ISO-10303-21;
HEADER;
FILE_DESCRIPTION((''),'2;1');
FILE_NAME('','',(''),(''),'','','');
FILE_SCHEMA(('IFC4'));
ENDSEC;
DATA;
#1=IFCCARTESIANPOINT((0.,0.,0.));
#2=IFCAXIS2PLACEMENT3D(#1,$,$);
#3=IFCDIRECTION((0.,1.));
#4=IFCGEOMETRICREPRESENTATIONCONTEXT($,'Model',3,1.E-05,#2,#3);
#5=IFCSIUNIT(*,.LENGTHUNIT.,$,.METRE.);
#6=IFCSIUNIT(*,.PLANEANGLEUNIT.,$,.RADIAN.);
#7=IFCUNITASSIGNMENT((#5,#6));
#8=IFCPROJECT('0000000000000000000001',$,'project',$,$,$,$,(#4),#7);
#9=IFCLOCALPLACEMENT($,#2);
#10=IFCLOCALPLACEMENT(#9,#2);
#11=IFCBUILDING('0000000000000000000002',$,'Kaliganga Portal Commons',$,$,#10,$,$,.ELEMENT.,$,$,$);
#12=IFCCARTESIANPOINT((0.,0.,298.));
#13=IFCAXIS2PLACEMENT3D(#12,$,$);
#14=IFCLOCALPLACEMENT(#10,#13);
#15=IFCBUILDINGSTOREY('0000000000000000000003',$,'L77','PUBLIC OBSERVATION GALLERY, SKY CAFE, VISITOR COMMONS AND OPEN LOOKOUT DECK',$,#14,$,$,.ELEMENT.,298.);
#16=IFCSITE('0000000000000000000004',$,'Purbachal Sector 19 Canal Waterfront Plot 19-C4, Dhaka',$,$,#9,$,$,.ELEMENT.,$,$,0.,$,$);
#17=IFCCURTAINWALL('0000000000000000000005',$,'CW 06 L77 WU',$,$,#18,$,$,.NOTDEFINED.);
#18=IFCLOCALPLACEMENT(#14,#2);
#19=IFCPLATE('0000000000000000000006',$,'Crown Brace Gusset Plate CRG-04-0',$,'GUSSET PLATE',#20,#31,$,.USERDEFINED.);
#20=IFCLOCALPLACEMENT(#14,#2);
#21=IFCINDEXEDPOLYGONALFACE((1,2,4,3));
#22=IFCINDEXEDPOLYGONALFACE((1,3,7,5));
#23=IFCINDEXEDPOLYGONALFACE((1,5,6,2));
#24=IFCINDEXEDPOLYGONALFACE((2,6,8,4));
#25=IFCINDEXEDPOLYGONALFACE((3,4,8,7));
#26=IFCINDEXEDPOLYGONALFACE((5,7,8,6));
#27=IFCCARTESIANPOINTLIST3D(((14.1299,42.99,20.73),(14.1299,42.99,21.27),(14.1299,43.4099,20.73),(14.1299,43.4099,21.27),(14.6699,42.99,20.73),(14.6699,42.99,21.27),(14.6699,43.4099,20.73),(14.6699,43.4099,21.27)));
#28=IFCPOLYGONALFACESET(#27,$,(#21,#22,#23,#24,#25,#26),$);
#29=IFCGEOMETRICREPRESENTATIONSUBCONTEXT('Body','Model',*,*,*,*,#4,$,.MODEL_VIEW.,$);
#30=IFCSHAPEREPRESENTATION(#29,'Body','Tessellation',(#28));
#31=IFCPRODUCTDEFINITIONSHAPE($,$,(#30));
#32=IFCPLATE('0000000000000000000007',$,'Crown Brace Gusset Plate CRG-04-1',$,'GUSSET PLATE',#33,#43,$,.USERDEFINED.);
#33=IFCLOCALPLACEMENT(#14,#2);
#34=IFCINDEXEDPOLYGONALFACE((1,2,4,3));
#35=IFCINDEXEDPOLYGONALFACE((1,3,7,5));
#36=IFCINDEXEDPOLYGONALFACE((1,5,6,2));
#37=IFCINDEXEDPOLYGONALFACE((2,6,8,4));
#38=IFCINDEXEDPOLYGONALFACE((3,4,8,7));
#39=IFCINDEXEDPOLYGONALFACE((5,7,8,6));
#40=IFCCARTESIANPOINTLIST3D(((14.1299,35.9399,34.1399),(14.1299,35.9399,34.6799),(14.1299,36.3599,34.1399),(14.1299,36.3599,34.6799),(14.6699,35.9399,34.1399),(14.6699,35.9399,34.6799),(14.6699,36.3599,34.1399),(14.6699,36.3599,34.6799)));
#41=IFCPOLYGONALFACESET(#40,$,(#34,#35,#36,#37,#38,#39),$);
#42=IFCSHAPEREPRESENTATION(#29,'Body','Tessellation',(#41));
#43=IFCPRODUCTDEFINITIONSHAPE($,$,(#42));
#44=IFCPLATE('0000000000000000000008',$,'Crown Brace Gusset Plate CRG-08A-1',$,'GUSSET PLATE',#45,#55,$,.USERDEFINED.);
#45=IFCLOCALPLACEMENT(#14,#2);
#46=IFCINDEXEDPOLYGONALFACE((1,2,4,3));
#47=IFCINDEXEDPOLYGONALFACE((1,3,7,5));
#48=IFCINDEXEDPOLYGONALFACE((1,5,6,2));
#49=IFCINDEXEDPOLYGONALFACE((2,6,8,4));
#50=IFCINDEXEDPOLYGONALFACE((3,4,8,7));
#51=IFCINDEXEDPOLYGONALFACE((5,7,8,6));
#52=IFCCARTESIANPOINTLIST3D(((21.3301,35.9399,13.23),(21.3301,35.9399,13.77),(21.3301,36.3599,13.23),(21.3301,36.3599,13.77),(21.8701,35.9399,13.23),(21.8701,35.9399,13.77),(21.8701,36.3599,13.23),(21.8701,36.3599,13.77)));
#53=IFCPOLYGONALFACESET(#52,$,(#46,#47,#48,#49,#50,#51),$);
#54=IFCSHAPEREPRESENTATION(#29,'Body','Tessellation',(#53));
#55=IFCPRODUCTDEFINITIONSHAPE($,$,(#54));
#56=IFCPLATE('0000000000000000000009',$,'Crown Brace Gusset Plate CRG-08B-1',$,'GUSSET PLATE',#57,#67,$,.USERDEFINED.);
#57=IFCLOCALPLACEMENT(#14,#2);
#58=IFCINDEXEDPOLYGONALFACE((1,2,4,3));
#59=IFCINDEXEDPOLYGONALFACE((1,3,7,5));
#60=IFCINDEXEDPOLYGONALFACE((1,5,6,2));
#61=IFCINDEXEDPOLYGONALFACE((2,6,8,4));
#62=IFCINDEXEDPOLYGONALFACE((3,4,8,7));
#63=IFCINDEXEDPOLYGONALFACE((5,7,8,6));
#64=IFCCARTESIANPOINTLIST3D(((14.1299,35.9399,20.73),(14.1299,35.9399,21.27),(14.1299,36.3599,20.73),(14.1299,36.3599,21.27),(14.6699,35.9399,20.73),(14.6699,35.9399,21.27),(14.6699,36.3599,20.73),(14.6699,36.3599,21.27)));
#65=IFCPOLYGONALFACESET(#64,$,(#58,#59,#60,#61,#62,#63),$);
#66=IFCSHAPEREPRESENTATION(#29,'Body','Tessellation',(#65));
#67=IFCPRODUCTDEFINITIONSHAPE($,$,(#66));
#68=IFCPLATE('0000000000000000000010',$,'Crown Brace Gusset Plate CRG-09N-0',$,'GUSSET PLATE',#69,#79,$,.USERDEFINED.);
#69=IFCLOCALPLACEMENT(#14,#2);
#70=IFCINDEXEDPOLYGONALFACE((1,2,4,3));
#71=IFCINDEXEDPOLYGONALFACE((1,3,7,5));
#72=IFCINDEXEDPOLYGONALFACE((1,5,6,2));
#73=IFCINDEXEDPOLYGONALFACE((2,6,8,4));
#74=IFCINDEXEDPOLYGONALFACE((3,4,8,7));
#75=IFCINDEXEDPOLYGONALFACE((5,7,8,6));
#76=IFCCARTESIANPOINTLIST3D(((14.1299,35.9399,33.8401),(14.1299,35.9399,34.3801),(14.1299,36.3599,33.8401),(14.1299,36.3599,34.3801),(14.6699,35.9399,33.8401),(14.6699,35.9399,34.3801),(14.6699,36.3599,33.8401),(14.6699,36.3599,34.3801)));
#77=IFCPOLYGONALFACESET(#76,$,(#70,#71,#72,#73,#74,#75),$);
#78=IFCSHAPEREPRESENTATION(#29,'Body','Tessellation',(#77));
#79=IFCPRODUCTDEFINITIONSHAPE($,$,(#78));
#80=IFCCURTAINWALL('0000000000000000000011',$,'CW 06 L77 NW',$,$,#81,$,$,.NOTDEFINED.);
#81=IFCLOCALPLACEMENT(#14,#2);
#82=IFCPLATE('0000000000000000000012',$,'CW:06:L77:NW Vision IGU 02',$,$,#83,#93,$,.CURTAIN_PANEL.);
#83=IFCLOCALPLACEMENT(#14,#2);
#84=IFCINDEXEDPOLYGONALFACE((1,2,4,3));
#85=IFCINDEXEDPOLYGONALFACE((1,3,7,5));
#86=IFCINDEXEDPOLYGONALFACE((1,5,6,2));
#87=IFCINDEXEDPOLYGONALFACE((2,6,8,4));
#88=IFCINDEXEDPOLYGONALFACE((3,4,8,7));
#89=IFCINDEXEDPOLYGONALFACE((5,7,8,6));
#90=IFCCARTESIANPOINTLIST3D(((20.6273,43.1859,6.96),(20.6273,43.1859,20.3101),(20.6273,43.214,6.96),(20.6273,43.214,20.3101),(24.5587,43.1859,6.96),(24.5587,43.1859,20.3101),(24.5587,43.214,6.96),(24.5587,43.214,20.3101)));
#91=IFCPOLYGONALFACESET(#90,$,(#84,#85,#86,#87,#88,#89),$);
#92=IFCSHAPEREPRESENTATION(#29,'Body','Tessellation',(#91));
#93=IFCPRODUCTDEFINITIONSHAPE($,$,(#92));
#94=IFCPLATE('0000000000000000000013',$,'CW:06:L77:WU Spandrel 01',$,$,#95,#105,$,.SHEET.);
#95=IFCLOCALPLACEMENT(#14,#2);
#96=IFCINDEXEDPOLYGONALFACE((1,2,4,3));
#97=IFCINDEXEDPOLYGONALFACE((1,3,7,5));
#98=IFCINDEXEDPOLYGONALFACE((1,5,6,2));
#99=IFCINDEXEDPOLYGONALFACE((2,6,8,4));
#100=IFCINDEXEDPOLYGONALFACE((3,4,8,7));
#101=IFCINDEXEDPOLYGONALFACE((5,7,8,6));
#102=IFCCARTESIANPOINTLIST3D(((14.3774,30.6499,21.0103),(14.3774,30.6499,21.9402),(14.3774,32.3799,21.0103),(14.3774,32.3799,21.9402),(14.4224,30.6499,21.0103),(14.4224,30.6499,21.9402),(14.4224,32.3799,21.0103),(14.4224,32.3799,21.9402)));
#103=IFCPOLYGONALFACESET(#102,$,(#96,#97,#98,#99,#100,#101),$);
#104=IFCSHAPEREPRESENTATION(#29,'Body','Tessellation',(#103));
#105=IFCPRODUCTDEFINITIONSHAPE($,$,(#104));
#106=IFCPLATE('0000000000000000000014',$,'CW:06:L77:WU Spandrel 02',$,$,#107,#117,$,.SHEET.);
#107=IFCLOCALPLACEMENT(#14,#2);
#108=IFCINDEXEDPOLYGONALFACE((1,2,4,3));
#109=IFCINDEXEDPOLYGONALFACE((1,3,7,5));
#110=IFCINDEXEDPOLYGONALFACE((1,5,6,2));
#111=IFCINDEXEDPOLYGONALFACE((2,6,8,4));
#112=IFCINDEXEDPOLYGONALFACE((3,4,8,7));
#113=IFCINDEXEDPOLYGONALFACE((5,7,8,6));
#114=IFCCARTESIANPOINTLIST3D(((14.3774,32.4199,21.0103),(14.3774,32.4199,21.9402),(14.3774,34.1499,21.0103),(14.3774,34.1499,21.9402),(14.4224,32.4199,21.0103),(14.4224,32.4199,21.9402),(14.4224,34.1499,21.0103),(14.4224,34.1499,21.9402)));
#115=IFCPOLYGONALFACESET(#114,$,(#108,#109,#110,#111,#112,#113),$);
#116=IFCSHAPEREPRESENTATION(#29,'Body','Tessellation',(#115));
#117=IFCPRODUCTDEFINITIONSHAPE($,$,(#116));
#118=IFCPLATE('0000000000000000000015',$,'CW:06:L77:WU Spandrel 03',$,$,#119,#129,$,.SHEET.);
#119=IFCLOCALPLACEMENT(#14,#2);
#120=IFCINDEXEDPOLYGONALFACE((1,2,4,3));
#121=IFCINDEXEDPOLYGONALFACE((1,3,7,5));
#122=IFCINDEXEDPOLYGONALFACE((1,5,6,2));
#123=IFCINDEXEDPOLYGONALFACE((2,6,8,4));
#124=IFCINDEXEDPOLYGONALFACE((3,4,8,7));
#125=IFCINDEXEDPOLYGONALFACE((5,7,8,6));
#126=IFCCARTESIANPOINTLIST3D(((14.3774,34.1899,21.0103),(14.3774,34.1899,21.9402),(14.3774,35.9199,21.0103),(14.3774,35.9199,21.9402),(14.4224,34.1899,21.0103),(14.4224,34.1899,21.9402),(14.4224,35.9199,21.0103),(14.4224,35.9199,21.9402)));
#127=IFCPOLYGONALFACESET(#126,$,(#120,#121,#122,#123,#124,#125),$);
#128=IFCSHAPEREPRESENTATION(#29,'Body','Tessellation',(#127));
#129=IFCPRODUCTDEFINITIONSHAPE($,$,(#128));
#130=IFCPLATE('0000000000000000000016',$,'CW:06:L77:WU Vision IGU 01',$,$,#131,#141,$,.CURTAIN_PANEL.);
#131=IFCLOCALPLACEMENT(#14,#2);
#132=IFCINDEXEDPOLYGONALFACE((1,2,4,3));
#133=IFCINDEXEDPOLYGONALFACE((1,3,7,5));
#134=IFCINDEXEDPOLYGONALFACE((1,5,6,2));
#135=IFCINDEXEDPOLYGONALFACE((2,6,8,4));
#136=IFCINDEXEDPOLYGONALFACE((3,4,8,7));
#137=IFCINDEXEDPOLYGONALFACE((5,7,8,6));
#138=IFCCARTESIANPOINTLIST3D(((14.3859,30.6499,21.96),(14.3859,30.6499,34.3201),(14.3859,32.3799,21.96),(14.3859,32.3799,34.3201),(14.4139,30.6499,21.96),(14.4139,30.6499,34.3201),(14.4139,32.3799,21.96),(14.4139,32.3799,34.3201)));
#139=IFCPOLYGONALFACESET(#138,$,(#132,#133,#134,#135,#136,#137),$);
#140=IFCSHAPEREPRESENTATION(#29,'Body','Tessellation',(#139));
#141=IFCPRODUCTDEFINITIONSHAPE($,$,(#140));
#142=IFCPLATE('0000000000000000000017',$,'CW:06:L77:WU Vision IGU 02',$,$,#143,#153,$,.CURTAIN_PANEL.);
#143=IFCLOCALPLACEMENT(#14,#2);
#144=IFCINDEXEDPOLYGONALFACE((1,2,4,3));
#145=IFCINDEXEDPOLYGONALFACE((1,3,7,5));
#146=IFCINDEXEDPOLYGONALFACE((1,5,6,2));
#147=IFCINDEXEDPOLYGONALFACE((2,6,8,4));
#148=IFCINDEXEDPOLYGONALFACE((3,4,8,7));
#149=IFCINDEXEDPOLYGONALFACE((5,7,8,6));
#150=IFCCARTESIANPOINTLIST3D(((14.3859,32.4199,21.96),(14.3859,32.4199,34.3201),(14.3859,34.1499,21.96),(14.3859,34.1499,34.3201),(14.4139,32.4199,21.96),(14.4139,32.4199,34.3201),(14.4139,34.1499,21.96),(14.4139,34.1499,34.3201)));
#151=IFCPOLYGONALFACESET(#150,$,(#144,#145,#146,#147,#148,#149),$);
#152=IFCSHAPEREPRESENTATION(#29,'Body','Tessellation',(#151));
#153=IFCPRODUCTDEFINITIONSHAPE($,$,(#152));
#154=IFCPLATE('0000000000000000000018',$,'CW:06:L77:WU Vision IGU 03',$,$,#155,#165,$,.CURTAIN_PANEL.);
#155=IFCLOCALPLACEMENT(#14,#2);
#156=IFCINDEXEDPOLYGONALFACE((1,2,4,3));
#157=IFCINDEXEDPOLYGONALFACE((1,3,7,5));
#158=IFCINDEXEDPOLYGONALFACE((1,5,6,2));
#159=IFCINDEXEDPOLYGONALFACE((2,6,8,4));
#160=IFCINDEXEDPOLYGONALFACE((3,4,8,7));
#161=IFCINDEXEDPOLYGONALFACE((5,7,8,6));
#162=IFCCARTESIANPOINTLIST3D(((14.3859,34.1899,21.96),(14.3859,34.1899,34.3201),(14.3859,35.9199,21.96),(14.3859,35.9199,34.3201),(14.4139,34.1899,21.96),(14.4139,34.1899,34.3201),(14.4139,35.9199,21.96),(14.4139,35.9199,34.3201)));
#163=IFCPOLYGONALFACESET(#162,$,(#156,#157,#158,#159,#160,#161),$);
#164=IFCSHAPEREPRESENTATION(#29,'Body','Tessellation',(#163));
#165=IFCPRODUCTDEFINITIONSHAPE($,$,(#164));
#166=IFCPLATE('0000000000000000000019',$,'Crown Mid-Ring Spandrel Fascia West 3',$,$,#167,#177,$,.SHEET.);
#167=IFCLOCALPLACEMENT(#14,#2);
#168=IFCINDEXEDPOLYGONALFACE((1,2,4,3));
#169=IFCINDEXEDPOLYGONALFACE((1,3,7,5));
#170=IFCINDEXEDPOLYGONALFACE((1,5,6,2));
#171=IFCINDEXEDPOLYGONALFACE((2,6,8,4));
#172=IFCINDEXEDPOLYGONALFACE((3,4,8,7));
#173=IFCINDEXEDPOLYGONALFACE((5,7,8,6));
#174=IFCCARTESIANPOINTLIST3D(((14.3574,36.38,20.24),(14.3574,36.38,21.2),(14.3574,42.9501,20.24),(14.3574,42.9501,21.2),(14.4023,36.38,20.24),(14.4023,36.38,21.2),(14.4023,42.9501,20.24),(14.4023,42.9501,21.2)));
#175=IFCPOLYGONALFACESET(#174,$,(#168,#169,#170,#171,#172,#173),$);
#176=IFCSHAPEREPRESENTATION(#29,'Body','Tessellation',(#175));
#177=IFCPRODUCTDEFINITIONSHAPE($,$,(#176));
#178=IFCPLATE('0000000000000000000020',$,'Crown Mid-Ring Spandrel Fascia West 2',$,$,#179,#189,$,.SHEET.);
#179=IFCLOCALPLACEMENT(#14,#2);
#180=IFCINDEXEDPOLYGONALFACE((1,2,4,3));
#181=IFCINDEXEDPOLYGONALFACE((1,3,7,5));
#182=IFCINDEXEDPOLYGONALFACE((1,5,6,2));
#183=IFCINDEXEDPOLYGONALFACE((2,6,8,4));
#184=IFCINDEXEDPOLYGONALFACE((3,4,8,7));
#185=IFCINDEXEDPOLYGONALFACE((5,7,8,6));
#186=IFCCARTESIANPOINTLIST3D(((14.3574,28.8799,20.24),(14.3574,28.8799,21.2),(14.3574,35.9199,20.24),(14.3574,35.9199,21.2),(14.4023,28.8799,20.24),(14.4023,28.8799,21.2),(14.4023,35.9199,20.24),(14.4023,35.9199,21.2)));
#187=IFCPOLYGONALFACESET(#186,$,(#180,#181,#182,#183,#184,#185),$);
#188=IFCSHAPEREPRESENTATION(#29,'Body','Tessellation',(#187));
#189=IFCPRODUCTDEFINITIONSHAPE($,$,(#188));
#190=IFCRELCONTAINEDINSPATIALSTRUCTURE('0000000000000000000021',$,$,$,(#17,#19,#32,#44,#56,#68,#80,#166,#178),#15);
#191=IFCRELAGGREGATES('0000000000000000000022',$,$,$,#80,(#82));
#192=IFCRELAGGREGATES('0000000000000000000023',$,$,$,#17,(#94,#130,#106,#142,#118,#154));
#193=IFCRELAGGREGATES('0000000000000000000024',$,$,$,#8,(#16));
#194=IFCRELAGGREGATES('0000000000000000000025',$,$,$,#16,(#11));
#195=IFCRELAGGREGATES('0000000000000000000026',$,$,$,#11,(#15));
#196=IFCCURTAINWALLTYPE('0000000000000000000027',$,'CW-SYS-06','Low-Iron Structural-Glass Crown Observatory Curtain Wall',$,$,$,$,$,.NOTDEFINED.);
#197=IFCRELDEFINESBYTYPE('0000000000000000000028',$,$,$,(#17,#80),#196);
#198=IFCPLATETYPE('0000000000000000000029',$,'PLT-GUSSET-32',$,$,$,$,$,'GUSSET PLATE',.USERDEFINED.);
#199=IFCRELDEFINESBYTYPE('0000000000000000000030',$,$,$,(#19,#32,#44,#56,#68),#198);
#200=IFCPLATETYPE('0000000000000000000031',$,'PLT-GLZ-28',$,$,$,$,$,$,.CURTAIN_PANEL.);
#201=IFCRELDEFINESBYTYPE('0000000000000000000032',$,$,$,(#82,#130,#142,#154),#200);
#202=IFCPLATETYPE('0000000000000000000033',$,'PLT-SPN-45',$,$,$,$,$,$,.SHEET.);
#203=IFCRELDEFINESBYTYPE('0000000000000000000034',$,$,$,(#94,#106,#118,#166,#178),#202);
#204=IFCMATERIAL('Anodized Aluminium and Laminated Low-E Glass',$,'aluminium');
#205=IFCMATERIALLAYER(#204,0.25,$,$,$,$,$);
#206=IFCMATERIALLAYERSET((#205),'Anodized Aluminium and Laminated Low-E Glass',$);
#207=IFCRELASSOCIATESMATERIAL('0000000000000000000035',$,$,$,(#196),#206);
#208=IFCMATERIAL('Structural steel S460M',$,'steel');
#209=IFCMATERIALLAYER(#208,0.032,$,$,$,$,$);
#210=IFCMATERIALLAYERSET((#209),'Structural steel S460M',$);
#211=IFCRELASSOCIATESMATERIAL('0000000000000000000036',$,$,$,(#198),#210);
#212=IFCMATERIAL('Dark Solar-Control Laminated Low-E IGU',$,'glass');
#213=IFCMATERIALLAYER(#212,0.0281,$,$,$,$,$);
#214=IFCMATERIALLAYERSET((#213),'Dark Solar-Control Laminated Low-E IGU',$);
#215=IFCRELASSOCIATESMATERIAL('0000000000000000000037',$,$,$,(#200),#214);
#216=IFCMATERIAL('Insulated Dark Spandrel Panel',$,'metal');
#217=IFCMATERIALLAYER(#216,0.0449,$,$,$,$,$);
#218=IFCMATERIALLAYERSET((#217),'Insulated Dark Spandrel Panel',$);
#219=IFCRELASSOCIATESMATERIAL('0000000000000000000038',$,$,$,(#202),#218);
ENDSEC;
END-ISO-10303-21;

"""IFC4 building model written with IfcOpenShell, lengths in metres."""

from ifc_helpers import new_model, si_unit, direction, frame, origin, origin_2d, place, context, subcontext, project, spatial, rectangle, extrude, source, transform, mapped, material, layer, layer_set, type_object, element, aggregate, save


model = new_model("IFC4")

# Units and contexts
model_context = context("Model", 3, precision=1e-05, world=origin(), true_north=direction((0.0, 1.0)))
body_context = subcontext(model_context, "Body", "Model", "MODEL_VIEW")
ifc_project = project(units=[si_unit("LENGTHUNIT", "METRE"), si_unit("PLANEANGLEUNIT", "RADIAN")], contexts=[model_context])

# Site, building, storey
site_placement = place(None, origin())
site = spatial("IfcSite", under=ifc_project, at=site_placement, Name="Purbachal Sector 19 Canal Waterfront Plot 19-C4, Dhaka", CompositionType="ELEMENT", RefElevation=0.0)
building_placement = place(site_placement, origin())
building = spatial("IfcBuilding", under=site, at=building_placement, Name="Kaliganga Portal Commons", CompositionType="ELEMENT")
storey_placement = place(building_placement, frame((0.0, 0.0, 298.0)))
storey = spatial("IfcBuildingStorey", under=building, at=storey_placement, Name="L77", Description="PUBLIC OBSERVATION GALLERY, SKY CAFE, VISITOR COMMONS AND OPEN LOOKOUT DECK", CompositionType="ELEMENT", Elevation=298.0)

# Shared definitions
ifc_material_1 = material(Name="Structural steel S460M", Category="steel")

# Shared definitions
ifc_material_2 = material(Name="Anodized Aluminium and Laminated Low-E Glass", Category="aluminium")
ifc_layer_1 = layer(ifc_material_2, 0.25)
ifc_layer_set_1 = layer_set([ifc_layer_1], Name="Anodized Aluminium and Laminated Low-E Glass")
curtain_wall_type = type_object("IfcCurtainWallType", Name="CW-SYS-06", Description="Low-Iron Structural-Glass Crown Observatory Curtain Wall", PredefinedType="NOTDEFINED", material=ifc_layer_set_1)

# Curtain wall
curtain_wall_1_placement = place(storey_placement, origin())
curtain_wall_1 = element("IfcCurtainWall", 1, at=curtain_wall_1_placement, inside=storey, type_object=curtain_wall_type, Name="CW 06 L77 WU", PredefinedType="NOTDEFINED")

# Plates
ifc_layer_2 = layer(ifc_material_1, 0.032)
ifc_layer_set_2 = layer_set([ifc_layer_2], Name="Structural steel S460M")
plate_type_1 = type_object("IfcPlateType", Name="PLT-GUSSET-32", ElementType="GUSSET PLATE", PredefinedType="USERDEFINED", material=ifc_layer_set_2)
shared_shape_1 = source(origin(), body_context, "Body", "SweptSolid", [
    extrude(rectangle(XDim=0.54, YDim=0.4199, at=origin_2d()), origin(), (0.0, 0.0, 1.0), 0.54),
])
for number, where, z_axis, x_axis, name in (
    (2, (14.3999, 43.2, 20.73), (0.0, 0.0, 1.0), (1.0, 0.0, 0.0), "Crown Brace Gusset Plate CRG-04-0"),
    (3, (14.3999, 36.1499, 34.1399), (0.0, 0.0, 1.0), (1.0, 0.0, 0.0), "Crown Brace Gusset Plate CRG-04-1"),
    (4, (21.6001, 36.1499, 13.23), (0.0, 0.0, 1.0), (1.0, 0.0, 0.0), "Crown Brace Gusset Plate CRG-08A-1"),
    (5, (14.3999, 36.1499, 20.73), (0.0, 0.0, 1.0), (1.0, 0.0, 0.0), "Crown Brace Gusset Plate CRG-08B-1"),
    (6, (14.3999, 36.1499, 33.8401), (0.0, 0.0, 1.0), (1.0, 0.0, 0.0), "Crown Brace Gusset Plate CRG-09N-0"),
):
    element("IfcPlate", number, at=place(storey_placement, frame(where, z_axis=z_axis, x_axis=x_axis)), inside=storey, type_object=plate_type_1, Name=name, ObjectType="GUSSET PLATE", PredefinedType="USERDEFINED", context=body_context, shape_type="MappedRepresentation", body=[
        mapped(shared_shape_1, transform((0.0, 0.0, 0.0), x_axis=(1.0, 0.0, 0.0), y_axis=(0.0, 1.0, 0.0), z_axis=(0.0, 0.0, 1.0), scale=1.0)),
    ])

# Curtain wall, plate
curtain_wall_2_placement = place(storey_placement, origin())
curtain_wall_2 = element("IfcCurtainWall", 7, at=curtain_wall_2_placement, inside=storey, type_object=curtain_wall_type, Name="CW 06 L77 NW", PredefinedType="NOTDEFINED")
ifc_material_3 = material(Name="Dark Solar-Control Laminated Low-E IGU", Category="glass")
ifc_layer_3 = layer(ifc_material_3, 0.0281)
ifc_layer_set_3 = layer_set([ifc_layer_3], Name="Dark Solar-Control Laminated Low-E IGU")
plate_type_2 = type_object("IfcPlateType", Name="PLT-GLZ-28", PredefinedType="CURTAIN_PANEL", material=ifc_layer_set_3)
shared_shape_2 = source(origin(), body_context, "Body", "SweptSolid", [
    extrude(rectangle(XDim=3.9314, YDim=0.0281, at=origin_2d()), origin(), (0.0, 0.0, 1.0), 13.3501),
])
plate_1_placement = place(storey_placement, frame((22.593, 43.2, 6.96), z_axis=(0.0, 0.0, 1.0), x_axis=(-1.0, 0.0, 0.0)))
plate_1 = element("IfcPlate", 8, at=plate_1_placement, type_object=plate_type_2, Name="CW:06:L77:NW Vision IGU 02", PredefinedType="CURTAIN_PANEL", context=body_context, shape_type="MappedRepresentation", body=[
    mapped(shared_shape_2, transform((0.0, 0.0, 0.0), x_axis=(1.0, 0.0, 0.0), y_axis=(0.0, 1.0, 0.0), z_axis=(0.0, 0.0, 1.0), scale=1.0)),
])
aggregate(curtain_wall_2, [plate_1])

# Plates
ifc_material_4 = material(Name="Insulated Dark Spandrel Panel", Category="metal")
ifc_layer_4 = layer(ifc_material_4, 0.0449)
ifc_layer_set_4 = layer_set([ifc_layer_4], Name="Insulated Dark Spandrel Panel")
plate_type_3 = type_object("IfcPlateType", Name="PLT-SPN-45", PredefinedType="SHEET", material=ifc_layer_set_4)
shared_shape_3 = source(origin(), body_context, "Body", "SweptSolid", [
    extrude(rectangle(XDim=1.73, YDim=0.0449, at=origin_2d()), origin(), (0.0, 0.0, 1.0), 0.9299),
])
plate_2_placement = place(storey_placement, frame((14.3999, 31.5149, 21.0103), z_axis=(0.0, 0.0, 1.0), x_axis=(0.0, 1.0, 0.0)))
plate_2 = element("IfcPlate", 9, at=plate_2_placement, type_object=plate_type_3, Name="CW:06:L77:WU Spandrel 01", PredefinedType="SHEET", context=body_context, shape_type="MappedRepresentation", body=[
    mapped(shared_shape_3, transform((0.0, 0.0, 0.0), x_axis=(1.0, 0.0, 0.0), y_axis=(0.0, 1.0, 0.0), z_axis=(0.0, 0.0, 1.0), scale=1.0)),
])
plate_3_placement = place(storey_placement, frame((14.3999, 33.2849, 21.0103), z_axis=(0.0, 0.0, 1.0), x_axis=(0.0, 1.0, 0.0)))
plate_3 = element("IfcPlate", 10, at=plate_3_placement, type_object=plate_type_3, Name="CW:06:L77:WU Spandrel 02", PredefinedType="SHEET", context=body_context, shape_type="MappedRepresentation", body=[
    mapped(shared_shape_3, transform((0.0, 0.0, 0.0), x_axis=(1.0, 0.0, 0.0), y_axis=(0.0, 1.0, 0.0), z_axis=(0.0, 0.0, 1.0), scale=1.0)),
])
plate_4_placement = place(storey_placement, frame((14.3999, 35.0549, 21.0103), z_axis=(0.0, 0.0, 1.0), x_axis=(0.0, 1.0, 0.0)))
plate_4 = element("IfcPlate", 11, at=plate_4_placement, type_object=plate_type_3, Name="CW:06:L77:WU Spandrel 03", PredefinedType="SHEET", context=body_context, shape_type="MappedRepresentation", body=[
    mapped(shared_shape_3, transform((0.0, 0.0, 0.0), x_axis=(1.0, 0.0, 0.0), y_axis=(0.0, 1.0, 0.0), z_axis=(0.0, 0.0, 1.0), scale=1.0)),
])
shared_shape_4 = source(origin(), body_context, "Body", "SweptSolid", [
    extrude(rectangle(XDim=1.73, YDim=0.0281, at=origin_2d()), origin(), (0.0, 0.0, 1.0), 12.3601),
])
plate_5_placement = place(storey_placement, frame((14.3999, 31.5149, 21.96), z_axis=(0.0, 0.0, 1.0), x_axis=(0.0, 1.0, 0.0)))
plate_5 = element("IfcPlate", 12, at=plate_5_placement, type_object=plate_type_2, Name="CW:06:L77:WU Vision IGU 01", PredefinedType="CURTAIN_PANEL", context=body_context, shape_type="MappedRepresentation", body=[
    mapped(shared_shape_4, transform((0.0, 0.0, 0.0), x_axis=(1.0, 0.0, 0.0), y_axis=(0.0, 1.0, 0.0), z_axis=(0.0, 0.0, 1.0), scale=1.0)),
])
plate_6_placement = place(storey_placement, frame((14.3999, 33.2849, 21.96), z_axis=(0.0, 0.0, 1.0), x_axis=(0.0, 1.0, 0.0)))
plate_6 = element("IfcPlate", 13, at=plate_6_placement, type_object=plate_type_2, Name="CW:06:L77:WU Vision IGU 02", PredefinedType="CURTAIN_PANEL", context=body_context, shape_type="MappedRepresentation", body=[
    mapped(shared_shape_4, transform((0.0, 0.0, 0.0), x_axis=(1.0, 0.0, 0.0), y_axis=(0.0, 1.0, 0.0), z_axis=(0.0, 0.0, 1.0), scale=1.0)),
])
plate_7_placement = place(storey_placement, frame((14.3999, 35.0549, 21.96), z_axis=(0.0, 0.0, 1.0), x_axis=(0.0, 1.0, 0.0)))
plate_7 = element("IfcPlate", 14, at=plate_7_placement, type_object=plate_type_2, Name="CW:06:L77:WU Vision IGU 03", PredefinedType="CURTAIN_PANEL", context=body_context, shape_type="MappedRepresentation", body=[
    mapped(shared_shape_4, transform((0.0, 0.0, 0.0), x_axis=(1.0, 0.0, 0.0), y_axis=(0.0, 1.0, 0.0), z_axis=(0.0, 0.0, 1.0), scale=1.0)),
])
aggregate(curtain_wall_1, [plate_2, plate_5, plate_3, plate_6, plate_4, plate_7])

# Plates
shared_shape_5 = source(origin(), body_context, "Body", "SweptSolid", [
    extrude(rectangle(XDim=6.5701, YDim=0.0449, at=origin_2d()), origin(), (0.0, 0.0, 1.0), 0.96),
])
plate_8_placement = place(storey_placement, frame((14.3799, 39.665, 20.24), z_axis=(0.0, 0.0, 1.0), x_axis=(0.0, 1.0, 0.0)))
element("IfcPlate", 15, at=plate_8_placement, inside=storey, type_object=plate_type_3, Name="Crown Mid-Ring Spandrel Fascia West 3", PredefinedType="SHEET", context=body_context, shape_type="MappedRepresentation", body=[
    mapped(shared_shape_5, transform((0.0, 0.0, 0.0), x_axis=(1.0, 0.0, 0.0), y_axis=(0.0, 1.0, 0.0), z_axis=(0.0, 0.0, 1.0), scale=1.0)),
])
shared_shape_6 = source(origin(), body_context, "Body", "SweptSolid", [
    extrude(rectangle(XDim=7.04, YDim=0.0449, at=origin_2d()), origin(), (0.0, 0.0, 1.0), 0.96),
])
plate_9_placement = place(storey_placement, frame((14.3799, 32.3999, 20.24), z_axis=(0.0, 0.0, 1.0), x_axis=(0.0, 1.0, 0.0)))
element("IfcPlate", 16, at=plate_9_placement, inside=storey, type_object=plate_type_3, Name="Crown Mid-Ring Spandrel Fascia West 2", PredefinedType="SHEET", context=body_context, shape_type="MappedRepresentation", body=[
    mapped(shared_shape_6, transform((0.0, 0.0, 0.0), x_axis=(1.0, 0.0, 0.0), y_axis=(0.0, 1.0, 0.0), z_axis=(0.0, 0.0, 1.0), scale=1.0)),
])

save(model, "model.ifc")
